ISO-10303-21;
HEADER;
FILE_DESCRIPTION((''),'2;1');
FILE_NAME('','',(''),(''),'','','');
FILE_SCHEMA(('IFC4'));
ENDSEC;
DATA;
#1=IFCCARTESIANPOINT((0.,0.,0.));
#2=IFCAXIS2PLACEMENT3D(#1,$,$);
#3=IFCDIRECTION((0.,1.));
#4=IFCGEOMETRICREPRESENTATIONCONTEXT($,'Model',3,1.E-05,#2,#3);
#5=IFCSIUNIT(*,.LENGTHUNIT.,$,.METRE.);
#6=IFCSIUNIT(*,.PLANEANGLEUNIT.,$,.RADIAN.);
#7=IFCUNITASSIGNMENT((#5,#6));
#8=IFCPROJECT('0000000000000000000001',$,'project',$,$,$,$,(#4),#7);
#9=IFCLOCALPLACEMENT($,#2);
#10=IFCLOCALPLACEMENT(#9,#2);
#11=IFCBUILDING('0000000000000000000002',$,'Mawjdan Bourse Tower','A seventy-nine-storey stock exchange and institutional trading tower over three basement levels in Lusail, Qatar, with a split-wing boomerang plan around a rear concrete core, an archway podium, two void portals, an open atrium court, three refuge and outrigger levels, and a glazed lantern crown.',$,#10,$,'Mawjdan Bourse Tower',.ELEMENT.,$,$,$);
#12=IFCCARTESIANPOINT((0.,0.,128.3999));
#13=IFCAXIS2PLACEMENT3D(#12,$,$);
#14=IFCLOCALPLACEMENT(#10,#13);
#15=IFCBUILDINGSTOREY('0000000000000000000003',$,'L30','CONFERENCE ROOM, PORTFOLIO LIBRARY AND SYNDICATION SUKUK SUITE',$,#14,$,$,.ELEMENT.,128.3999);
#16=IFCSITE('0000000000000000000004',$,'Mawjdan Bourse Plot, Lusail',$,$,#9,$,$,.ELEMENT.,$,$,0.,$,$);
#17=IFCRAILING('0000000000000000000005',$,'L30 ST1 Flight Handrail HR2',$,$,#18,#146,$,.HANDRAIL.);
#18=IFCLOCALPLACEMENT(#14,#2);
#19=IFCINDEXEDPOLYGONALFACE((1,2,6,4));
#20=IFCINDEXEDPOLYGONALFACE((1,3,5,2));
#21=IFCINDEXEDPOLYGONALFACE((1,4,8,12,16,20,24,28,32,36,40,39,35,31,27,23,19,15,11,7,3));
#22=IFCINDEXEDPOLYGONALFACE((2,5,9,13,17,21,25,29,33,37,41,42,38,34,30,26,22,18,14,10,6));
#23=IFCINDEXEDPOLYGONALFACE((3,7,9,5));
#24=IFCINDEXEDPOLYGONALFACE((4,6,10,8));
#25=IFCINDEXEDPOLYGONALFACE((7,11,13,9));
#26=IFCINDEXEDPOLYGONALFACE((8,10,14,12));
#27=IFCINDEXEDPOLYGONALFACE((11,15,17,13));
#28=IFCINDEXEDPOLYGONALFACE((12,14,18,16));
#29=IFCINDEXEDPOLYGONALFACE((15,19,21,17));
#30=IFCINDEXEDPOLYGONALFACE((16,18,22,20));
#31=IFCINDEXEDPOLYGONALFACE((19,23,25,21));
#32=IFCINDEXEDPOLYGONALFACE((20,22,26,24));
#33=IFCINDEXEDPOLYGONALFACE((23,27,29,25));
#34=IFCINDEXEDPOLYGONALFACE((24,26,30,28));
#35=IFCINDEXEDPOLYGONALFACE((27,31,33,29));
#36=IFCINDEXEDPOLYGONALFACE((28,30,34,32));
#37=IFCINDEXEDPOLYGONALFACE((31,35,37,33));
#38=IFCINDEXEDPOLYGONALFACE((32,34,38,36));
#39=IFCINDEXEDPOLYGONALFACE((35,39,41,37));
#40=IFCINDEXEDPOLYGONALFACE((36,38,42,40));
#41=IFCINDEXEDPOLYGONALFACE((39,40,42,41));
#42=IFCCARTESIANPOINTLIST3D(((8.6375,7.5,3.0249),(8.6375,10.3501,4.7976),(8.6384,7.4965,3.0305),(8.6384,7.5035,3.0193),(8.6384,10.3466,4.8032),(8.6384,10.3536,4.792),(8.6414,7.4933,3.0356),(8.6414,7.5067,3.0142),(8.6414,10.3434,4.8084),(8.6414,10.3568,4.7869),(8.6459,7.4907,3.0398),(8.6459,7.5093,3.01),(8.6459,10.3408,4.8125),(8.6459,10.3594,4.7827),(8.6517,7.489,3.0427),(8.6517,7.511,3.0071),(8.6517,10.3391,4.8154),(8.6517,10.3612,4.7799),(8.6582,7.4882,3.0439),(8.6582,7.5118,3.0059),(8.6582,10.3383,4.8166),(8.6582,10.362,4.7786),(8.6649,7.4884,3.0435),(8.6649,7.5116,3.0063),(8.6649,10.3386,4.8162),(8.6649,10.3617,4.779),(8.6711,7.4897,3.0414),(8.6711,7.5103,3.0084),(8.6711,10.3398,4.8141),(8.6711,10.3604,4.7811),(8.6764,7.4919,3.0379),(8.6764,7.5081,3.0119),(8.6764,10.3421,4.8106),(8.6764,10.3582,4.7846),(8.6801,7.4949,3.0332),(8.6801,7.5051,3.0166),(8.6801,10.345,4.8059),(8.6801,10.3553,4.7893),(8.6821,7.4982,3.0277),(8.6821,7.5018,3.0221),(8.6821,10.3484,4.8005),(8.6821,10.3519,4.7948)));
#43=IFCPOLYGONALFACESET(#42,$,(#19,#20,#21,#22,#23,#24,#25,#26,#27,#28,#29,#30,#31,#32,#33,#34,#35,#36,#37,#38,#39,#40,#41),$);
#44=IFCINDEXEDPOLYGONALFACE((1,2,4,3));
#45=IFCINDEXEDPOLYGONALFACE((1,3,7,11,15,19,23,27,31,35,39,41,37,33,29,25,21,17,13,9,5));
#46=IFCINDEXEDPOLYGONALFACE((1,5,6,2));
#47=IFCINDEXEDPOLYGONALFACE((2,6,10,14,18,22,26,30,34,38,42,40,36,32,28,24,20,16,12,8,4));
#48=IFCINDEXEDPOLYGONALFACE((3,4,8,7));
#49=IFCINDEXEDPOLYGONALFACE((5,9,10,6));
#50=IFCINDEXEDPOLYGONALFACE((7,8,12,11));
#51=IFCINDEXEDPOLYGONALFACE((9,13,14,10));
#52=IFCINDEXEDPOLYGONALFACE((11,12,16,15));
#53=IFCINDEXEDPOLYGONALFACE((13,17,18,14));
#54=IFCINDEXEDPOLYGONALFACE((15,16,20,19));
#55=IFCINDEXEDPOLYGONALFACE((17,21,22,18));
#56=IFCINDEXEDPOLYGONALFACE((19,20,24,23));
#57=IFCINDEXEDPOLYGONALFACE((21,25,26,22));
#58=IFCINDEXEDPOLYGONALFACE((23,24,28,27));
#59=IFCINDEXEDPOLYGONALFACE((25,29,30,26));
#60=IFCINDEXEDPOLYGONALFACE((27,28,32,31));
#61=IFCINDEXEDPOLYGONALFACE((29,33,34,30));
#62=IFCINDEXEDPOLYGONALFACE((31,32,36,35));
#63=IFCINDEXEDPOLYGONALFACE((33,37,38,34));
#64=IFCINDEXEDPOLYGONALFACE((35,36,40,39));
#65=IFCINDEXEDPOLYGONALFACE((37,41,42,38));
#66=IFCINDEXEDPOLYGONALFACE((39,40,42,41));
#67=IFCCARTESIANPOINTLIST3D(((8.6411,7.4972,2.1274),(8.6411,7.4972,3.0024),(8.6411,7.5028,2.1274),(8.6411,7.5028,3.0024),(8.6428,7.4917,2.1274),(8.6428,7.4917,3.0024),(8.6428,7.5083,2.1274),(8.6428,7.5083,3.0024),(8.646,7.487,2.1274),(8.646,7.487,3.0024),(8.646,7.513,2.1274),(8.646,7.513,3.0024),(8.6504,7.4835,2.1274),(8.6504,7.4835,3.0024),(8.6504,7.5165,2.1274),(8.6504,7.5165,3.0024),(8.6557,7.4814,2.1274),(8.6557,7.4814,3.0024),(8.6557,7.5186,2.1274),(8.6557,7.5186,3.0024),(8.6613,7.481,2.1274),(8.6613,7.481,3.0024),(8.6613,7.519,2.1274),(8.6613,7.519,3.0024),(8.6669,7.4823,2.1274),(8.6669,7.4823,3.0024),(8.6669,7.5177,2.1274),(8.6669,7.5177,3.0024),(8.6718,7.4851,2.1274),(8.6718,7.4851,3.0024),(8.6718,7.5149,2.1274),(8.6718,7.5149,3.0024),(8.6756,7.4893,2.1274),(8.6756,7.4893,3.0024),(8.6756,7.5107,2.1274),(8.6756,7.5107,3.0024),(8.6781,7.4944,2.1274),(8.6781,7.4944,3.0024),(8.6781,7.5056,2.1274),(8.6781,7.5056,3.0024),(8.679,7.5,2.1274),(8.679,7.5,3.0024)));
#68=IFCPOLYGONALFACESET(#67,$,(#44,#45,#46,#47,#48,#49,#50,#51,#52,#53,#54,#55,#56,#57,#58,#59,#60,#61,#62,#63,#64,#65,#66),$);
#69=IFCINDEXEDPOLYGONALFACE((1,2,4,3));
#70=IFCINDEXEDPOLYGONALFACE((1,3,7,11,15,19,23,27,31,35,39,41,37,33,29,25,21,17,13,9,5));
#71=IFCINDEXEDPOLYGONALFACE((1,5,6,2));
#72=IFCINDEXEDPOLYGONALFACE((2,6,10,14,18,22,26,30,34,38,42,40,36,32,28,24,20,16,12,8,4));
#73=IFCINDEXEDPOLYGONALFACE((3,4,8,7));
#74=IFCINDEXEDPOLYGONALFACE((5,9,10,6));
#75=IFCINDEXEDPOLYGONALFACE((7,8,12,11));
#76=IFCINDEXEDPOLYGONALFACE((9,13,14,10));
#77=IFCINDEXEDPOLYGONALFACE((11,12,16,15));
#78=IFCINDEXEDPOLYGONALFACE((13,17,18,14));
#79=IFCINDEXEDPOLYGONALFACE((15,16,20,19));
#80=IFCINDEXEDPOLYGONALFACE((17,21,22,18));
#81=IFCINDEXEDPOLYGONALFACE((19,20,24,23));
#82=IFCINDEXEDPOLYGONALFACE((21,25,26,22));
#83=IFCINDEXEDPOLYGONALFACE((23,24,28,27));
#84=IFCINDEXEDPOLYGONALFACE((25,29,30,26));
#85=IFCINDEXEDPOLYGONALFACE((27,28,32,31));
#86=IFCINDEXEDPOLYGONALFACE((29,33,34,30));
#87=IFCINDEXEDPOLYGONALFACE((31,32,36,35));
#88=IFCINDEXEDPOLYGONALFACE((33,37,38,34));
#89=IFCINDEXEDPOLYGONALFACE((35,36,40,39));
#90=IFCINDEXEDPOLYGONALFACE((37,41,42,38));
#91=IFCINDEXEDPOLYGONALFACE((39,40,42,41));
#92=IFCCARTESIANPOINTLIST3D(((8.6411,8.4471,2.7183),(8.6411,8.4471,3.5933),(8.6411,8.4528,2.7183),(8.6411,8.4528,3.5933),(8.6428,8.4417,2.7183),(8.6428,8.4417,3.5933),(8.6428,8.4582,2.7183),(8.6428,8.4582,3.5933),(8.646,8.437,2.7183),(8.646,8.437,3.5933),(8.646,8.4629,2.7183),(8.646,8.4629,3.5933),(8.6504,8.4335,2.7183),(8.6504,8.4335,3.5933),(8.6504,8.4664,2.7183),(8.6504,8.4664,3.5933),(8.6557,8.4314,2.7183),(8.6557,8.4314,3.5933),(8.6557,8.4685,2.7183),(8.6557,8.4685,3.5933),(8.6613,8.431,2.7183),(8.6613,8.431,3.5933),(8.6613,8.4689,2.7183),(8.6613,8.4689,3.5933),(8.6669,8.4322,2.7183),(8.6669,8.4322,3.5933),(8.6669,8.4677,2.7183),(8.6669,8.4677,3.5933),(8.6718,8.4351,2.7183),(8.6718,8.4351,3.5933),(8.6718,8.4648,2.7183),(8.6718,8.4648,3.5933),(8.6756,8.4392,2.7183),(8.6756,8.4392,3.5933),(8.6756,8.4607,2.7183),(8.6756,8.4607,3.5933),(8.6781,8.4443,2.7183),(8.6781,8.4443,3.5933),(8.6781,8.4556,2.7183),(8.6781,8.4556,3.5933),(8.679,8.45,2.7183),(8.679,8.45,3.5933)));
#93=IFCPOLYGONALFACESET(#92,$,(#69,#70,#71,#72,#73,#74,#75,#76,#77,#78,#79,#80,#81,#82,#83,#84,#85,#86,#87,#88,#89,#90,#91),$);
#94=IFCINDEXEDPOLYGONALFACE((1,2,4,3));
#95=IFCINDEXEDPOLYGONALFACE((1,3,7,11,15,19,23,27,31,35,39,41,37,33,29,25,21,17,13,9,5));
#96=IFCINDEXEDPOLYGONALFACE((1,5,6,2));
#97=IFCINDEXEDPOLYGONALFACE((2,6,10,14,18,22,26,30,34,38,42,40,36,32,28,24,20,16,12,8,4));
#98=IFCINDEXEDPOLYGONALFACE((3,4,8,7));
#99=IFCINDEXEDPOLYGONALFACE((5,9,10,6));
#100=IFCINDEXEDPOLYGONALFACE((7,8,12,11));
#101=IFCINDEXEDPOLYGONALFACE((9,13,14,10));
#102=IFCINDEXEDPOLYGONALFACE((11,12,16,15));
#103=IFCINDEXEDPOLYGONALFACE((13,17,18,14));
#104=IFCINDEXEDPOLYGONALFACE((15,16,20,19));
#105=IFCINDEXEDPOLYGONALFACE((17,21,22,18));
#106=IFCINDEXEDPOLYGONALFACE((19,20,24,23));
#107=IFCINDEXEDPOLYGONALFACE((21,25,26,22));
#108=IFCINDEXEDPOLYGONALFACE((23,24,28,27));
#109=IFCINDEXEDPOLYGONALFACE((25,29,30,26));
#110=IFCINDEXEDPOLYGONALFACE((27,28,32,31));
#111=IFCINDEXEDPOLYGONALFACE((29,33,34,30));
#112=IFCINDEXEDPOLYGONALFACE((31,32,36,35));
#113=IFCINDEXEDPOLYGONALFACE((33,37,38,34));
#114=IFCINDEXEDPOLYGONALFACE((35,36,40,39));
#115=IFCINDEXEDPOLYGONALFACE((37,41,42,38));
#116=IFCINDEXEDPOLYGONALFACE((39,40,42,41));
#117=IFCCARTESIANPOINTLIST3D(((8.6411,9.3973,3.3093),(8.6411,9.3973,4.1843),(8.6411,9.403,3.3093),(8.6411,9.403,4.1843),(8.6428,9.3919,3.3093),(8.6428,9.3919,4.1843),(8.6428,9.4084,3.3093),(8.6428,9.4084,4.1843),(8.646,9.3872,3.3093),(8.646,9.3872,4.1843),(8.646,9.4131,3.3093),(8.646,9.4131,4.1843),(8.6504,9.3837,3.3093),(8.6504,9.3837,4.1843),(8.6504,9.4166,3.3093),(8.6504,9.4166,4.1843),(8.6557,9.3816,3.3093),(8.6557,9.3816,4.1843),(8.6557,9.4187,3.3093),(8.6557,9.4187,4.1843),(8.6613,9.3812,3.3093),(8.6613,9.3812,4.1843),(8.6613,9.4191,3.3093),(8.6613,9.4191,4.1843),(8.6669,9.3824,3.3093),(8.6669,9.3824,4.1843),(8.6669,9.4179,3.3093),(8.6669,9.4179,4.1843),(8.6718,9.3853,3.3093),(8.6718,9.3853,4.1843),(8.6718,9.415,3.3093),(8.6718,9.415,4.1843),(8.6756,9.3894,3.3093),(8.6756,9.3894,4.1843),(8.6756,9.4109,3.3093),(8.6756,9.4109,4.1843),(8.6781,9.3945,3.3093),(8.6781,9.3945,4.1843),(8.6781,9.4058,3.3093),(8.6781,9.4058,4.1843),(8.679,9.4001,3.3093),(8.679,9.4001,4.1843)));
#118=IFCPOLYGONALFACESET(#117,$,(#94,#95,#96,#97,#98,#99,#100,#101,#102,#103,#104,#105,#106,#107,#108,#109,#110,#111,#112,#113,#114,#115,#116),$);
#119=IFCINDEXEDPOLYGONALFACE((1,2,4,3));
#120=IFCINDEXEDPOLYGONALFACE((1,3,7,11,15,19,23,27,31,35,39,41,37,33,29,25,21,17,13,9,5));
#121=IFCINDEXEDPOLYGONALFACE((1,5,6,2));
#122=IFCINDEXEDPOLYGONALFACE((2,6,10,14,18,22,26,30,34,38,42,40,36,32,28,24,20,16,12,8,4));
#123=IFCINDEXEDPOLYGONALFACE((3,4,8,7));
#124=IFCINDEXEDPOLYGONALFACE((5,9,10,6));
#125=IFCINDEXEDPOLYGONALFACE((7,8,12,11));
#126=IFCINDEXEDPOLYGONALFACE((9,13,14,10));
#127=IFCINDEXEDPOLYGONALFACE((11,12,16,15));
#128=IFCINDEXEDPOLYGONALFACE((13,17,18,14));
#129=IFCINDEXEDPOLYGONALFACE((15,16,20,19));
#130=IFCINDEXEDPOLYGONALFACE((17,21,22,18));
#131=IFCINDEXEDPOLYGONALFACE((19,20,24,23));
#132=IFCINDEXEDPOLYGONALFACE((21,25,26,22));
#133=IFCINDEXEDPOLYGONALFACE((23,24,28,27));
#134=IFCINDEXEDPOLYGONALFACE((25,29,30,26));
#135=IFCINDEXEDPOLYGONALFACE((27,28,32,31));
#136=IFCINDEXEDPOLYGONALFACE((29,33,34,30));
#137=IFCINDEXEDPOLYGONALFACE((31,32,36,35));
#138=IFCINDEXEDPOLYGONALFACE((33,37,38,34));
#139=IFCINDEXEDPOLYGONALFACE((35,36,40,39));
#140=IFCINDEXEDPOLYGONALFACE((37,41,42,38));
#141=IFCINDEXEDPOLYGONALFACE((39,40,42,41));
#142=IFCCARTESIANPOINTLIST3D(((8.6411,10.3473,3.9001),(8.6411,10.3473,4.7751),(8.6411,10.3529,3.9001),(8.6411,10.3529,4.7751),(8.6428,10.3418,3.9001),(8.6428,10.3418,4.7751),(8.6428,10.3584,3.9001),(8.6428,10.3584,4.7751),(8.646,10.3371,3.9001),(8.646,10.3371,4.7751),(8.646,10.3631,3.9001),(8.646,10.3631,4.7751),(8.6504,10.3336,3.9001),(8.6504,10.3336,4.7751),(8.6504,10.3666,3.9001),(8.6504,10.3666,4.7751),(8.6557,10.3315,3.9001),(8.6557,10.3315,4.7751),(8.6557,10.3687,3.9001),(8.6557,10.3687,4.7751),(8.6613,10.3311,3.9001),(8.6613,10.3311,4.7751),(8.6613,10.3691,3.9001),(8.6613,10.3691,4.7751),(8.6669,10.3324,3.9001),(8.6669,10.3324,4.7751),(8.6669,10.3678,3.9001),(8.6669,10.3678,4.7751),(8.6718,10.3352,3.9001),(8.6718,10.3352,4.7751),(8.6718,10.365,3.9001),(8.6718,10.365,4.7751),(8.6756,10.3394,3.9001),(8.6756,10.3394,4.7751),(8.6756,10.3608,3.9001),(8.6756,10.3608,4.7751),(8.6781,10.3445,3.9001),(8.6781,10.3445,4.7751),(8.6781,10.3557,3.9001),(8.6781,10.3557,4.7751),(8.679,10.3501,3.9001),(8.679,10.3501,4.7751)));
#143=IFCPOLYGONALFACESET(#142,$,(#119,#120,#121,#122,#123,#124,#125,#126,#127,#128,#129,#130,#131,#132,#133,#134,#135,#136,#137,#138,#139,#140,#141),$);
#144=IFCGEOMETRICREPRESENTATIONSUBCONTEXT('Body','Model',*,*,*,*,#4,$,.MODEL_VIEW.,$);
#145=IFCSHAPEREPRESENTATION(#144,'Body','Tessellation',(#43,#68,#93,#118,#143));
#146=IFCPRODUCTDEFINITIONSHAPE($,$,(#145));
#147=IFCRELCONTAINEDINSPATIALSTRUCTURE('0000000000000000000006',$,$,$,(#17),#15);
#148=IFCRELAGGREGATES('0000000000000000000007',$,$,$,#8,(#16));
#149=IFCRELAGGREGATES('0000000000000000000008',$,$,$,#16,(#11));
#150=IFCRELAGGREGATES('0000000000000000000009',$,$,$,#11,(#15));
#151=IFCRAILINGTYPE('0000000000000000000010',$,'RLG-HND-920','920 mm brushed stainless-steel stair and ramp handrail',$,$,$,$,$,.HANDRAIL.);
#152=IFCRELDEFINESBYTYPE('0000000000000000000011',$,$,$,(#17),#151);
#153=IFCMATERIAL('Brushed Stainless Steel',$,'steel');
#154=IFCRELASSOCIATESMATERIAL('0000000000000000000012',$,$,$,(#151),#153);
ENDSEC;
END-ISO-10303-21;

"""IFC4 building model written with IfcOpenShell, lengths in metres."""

from ifc_helpers import new_model, si_unit, direction, frame, origin, origin_2d, place, context, subcontext, project, spatial, circle, extrude, material, type_object, element, save


model = new_model("IFC4")

# Units and contexts
model_context = context("Model", 3, precision=1e-05, world=origin(), true_north=direction((0.0, 1.0)))
body_context = subcontext(model_context, "Body", "Model", "MODEL_VIEW")
ifc_project = project(units=[si_unit("LENGTHUNIT", "METRE"), si_unit("PLANEANGLEUNIT", "RADIAN")], contexts=[model_context])

# Site, building, storey
site_placement = place(None, origin())
site = spatial("IfcSite", under=ifc_project, at=site_placement, Name="Mawjdan Bourse Plot, Lusail", CompositionType="ELEMENT", RefElevation=0.0)
building_placement = place(site_placement, origin())
building = spatial("IfcBuilding", under=site, at=building_placement, Name="Mawjdan Bourse Tower", Description="A seventy-nine-storey stock exchange and institutional trading tower over three basement levels in Lusail, Qatar, with a split-wing boomerang plan around a rear concrete core, an archway podium, two void portals, an open atrium court, three refuge and outrigger levels, and a glazed lantern crown.", LongName="Mawjdan Bourse Tower", CompositionType="ELEMENT")
storey_placement = place(building_placement, frame((0.0, 0.0, 128.3999)))
storey = spatial("IfcBuildingStorey", under=building, at=storey_placement, Name="L30", Description="CONFERENCE ROOM, PORTFOLIO LIBRARY AND SYNDICATION SUKUK SUITE", CompositionType="ELEMENT", Elevation=128.3999)

# Railing
ifc_material_1 = material(Name="Brushed Stainless Steel", Category="steel")
railing_type_1 = type_object("IfcRailingType", Name="RLG-HND-920", Description="920 mm brushed stainless-steel stair and ramp handrail", PredefinedType="HANDRAIL", material=ifc_material_1)
railing_1_placement = place(storey_placement, frame((8.6599, 7.5, 2.1274)))
element("IfcRailing", 1, at=railing_1_placement, inside=storey, type_object=railing_type_1, Name="L30 ST1 Flight Handrail HR2", PredefinedType="HANDRAIL", context=body_context, shape_type="SweptSolid", body=[
    extrude(circle(Radius=0.0225, at=origin_2d()), frame((0.0, 0.0, 0.8975), z_axis=(0.0, 0.849149, 0.528154), x_axis=(-1.0, 0.0, 0.0)), (0.0, 0.0, 1.0), 3.3564),
    extrude(circle(Radius=0.019, at=origin_2d()), origin(), (0.0, 0.0, 1.0), 0.875),
    extrude(circle(Radius=0.019, at=origin_2d()), frame((0.0, 0.95, 0.5908)), (0.0, 0.0, 1.0), 0.875),
    extrude(circle(Radius=0.019, at=origin_2d()), frame((0.0, 1.9001, 1.1819)), (0.0, 0.0, 1.0), 0.875),
    extrude(circle(Radius=0.019, at=origin_2d()), frame((0.0, 2.8501, 1.7727)), (0.0, 0.0, 1.0), 0.875),
])

save(model, "model.ifc")
